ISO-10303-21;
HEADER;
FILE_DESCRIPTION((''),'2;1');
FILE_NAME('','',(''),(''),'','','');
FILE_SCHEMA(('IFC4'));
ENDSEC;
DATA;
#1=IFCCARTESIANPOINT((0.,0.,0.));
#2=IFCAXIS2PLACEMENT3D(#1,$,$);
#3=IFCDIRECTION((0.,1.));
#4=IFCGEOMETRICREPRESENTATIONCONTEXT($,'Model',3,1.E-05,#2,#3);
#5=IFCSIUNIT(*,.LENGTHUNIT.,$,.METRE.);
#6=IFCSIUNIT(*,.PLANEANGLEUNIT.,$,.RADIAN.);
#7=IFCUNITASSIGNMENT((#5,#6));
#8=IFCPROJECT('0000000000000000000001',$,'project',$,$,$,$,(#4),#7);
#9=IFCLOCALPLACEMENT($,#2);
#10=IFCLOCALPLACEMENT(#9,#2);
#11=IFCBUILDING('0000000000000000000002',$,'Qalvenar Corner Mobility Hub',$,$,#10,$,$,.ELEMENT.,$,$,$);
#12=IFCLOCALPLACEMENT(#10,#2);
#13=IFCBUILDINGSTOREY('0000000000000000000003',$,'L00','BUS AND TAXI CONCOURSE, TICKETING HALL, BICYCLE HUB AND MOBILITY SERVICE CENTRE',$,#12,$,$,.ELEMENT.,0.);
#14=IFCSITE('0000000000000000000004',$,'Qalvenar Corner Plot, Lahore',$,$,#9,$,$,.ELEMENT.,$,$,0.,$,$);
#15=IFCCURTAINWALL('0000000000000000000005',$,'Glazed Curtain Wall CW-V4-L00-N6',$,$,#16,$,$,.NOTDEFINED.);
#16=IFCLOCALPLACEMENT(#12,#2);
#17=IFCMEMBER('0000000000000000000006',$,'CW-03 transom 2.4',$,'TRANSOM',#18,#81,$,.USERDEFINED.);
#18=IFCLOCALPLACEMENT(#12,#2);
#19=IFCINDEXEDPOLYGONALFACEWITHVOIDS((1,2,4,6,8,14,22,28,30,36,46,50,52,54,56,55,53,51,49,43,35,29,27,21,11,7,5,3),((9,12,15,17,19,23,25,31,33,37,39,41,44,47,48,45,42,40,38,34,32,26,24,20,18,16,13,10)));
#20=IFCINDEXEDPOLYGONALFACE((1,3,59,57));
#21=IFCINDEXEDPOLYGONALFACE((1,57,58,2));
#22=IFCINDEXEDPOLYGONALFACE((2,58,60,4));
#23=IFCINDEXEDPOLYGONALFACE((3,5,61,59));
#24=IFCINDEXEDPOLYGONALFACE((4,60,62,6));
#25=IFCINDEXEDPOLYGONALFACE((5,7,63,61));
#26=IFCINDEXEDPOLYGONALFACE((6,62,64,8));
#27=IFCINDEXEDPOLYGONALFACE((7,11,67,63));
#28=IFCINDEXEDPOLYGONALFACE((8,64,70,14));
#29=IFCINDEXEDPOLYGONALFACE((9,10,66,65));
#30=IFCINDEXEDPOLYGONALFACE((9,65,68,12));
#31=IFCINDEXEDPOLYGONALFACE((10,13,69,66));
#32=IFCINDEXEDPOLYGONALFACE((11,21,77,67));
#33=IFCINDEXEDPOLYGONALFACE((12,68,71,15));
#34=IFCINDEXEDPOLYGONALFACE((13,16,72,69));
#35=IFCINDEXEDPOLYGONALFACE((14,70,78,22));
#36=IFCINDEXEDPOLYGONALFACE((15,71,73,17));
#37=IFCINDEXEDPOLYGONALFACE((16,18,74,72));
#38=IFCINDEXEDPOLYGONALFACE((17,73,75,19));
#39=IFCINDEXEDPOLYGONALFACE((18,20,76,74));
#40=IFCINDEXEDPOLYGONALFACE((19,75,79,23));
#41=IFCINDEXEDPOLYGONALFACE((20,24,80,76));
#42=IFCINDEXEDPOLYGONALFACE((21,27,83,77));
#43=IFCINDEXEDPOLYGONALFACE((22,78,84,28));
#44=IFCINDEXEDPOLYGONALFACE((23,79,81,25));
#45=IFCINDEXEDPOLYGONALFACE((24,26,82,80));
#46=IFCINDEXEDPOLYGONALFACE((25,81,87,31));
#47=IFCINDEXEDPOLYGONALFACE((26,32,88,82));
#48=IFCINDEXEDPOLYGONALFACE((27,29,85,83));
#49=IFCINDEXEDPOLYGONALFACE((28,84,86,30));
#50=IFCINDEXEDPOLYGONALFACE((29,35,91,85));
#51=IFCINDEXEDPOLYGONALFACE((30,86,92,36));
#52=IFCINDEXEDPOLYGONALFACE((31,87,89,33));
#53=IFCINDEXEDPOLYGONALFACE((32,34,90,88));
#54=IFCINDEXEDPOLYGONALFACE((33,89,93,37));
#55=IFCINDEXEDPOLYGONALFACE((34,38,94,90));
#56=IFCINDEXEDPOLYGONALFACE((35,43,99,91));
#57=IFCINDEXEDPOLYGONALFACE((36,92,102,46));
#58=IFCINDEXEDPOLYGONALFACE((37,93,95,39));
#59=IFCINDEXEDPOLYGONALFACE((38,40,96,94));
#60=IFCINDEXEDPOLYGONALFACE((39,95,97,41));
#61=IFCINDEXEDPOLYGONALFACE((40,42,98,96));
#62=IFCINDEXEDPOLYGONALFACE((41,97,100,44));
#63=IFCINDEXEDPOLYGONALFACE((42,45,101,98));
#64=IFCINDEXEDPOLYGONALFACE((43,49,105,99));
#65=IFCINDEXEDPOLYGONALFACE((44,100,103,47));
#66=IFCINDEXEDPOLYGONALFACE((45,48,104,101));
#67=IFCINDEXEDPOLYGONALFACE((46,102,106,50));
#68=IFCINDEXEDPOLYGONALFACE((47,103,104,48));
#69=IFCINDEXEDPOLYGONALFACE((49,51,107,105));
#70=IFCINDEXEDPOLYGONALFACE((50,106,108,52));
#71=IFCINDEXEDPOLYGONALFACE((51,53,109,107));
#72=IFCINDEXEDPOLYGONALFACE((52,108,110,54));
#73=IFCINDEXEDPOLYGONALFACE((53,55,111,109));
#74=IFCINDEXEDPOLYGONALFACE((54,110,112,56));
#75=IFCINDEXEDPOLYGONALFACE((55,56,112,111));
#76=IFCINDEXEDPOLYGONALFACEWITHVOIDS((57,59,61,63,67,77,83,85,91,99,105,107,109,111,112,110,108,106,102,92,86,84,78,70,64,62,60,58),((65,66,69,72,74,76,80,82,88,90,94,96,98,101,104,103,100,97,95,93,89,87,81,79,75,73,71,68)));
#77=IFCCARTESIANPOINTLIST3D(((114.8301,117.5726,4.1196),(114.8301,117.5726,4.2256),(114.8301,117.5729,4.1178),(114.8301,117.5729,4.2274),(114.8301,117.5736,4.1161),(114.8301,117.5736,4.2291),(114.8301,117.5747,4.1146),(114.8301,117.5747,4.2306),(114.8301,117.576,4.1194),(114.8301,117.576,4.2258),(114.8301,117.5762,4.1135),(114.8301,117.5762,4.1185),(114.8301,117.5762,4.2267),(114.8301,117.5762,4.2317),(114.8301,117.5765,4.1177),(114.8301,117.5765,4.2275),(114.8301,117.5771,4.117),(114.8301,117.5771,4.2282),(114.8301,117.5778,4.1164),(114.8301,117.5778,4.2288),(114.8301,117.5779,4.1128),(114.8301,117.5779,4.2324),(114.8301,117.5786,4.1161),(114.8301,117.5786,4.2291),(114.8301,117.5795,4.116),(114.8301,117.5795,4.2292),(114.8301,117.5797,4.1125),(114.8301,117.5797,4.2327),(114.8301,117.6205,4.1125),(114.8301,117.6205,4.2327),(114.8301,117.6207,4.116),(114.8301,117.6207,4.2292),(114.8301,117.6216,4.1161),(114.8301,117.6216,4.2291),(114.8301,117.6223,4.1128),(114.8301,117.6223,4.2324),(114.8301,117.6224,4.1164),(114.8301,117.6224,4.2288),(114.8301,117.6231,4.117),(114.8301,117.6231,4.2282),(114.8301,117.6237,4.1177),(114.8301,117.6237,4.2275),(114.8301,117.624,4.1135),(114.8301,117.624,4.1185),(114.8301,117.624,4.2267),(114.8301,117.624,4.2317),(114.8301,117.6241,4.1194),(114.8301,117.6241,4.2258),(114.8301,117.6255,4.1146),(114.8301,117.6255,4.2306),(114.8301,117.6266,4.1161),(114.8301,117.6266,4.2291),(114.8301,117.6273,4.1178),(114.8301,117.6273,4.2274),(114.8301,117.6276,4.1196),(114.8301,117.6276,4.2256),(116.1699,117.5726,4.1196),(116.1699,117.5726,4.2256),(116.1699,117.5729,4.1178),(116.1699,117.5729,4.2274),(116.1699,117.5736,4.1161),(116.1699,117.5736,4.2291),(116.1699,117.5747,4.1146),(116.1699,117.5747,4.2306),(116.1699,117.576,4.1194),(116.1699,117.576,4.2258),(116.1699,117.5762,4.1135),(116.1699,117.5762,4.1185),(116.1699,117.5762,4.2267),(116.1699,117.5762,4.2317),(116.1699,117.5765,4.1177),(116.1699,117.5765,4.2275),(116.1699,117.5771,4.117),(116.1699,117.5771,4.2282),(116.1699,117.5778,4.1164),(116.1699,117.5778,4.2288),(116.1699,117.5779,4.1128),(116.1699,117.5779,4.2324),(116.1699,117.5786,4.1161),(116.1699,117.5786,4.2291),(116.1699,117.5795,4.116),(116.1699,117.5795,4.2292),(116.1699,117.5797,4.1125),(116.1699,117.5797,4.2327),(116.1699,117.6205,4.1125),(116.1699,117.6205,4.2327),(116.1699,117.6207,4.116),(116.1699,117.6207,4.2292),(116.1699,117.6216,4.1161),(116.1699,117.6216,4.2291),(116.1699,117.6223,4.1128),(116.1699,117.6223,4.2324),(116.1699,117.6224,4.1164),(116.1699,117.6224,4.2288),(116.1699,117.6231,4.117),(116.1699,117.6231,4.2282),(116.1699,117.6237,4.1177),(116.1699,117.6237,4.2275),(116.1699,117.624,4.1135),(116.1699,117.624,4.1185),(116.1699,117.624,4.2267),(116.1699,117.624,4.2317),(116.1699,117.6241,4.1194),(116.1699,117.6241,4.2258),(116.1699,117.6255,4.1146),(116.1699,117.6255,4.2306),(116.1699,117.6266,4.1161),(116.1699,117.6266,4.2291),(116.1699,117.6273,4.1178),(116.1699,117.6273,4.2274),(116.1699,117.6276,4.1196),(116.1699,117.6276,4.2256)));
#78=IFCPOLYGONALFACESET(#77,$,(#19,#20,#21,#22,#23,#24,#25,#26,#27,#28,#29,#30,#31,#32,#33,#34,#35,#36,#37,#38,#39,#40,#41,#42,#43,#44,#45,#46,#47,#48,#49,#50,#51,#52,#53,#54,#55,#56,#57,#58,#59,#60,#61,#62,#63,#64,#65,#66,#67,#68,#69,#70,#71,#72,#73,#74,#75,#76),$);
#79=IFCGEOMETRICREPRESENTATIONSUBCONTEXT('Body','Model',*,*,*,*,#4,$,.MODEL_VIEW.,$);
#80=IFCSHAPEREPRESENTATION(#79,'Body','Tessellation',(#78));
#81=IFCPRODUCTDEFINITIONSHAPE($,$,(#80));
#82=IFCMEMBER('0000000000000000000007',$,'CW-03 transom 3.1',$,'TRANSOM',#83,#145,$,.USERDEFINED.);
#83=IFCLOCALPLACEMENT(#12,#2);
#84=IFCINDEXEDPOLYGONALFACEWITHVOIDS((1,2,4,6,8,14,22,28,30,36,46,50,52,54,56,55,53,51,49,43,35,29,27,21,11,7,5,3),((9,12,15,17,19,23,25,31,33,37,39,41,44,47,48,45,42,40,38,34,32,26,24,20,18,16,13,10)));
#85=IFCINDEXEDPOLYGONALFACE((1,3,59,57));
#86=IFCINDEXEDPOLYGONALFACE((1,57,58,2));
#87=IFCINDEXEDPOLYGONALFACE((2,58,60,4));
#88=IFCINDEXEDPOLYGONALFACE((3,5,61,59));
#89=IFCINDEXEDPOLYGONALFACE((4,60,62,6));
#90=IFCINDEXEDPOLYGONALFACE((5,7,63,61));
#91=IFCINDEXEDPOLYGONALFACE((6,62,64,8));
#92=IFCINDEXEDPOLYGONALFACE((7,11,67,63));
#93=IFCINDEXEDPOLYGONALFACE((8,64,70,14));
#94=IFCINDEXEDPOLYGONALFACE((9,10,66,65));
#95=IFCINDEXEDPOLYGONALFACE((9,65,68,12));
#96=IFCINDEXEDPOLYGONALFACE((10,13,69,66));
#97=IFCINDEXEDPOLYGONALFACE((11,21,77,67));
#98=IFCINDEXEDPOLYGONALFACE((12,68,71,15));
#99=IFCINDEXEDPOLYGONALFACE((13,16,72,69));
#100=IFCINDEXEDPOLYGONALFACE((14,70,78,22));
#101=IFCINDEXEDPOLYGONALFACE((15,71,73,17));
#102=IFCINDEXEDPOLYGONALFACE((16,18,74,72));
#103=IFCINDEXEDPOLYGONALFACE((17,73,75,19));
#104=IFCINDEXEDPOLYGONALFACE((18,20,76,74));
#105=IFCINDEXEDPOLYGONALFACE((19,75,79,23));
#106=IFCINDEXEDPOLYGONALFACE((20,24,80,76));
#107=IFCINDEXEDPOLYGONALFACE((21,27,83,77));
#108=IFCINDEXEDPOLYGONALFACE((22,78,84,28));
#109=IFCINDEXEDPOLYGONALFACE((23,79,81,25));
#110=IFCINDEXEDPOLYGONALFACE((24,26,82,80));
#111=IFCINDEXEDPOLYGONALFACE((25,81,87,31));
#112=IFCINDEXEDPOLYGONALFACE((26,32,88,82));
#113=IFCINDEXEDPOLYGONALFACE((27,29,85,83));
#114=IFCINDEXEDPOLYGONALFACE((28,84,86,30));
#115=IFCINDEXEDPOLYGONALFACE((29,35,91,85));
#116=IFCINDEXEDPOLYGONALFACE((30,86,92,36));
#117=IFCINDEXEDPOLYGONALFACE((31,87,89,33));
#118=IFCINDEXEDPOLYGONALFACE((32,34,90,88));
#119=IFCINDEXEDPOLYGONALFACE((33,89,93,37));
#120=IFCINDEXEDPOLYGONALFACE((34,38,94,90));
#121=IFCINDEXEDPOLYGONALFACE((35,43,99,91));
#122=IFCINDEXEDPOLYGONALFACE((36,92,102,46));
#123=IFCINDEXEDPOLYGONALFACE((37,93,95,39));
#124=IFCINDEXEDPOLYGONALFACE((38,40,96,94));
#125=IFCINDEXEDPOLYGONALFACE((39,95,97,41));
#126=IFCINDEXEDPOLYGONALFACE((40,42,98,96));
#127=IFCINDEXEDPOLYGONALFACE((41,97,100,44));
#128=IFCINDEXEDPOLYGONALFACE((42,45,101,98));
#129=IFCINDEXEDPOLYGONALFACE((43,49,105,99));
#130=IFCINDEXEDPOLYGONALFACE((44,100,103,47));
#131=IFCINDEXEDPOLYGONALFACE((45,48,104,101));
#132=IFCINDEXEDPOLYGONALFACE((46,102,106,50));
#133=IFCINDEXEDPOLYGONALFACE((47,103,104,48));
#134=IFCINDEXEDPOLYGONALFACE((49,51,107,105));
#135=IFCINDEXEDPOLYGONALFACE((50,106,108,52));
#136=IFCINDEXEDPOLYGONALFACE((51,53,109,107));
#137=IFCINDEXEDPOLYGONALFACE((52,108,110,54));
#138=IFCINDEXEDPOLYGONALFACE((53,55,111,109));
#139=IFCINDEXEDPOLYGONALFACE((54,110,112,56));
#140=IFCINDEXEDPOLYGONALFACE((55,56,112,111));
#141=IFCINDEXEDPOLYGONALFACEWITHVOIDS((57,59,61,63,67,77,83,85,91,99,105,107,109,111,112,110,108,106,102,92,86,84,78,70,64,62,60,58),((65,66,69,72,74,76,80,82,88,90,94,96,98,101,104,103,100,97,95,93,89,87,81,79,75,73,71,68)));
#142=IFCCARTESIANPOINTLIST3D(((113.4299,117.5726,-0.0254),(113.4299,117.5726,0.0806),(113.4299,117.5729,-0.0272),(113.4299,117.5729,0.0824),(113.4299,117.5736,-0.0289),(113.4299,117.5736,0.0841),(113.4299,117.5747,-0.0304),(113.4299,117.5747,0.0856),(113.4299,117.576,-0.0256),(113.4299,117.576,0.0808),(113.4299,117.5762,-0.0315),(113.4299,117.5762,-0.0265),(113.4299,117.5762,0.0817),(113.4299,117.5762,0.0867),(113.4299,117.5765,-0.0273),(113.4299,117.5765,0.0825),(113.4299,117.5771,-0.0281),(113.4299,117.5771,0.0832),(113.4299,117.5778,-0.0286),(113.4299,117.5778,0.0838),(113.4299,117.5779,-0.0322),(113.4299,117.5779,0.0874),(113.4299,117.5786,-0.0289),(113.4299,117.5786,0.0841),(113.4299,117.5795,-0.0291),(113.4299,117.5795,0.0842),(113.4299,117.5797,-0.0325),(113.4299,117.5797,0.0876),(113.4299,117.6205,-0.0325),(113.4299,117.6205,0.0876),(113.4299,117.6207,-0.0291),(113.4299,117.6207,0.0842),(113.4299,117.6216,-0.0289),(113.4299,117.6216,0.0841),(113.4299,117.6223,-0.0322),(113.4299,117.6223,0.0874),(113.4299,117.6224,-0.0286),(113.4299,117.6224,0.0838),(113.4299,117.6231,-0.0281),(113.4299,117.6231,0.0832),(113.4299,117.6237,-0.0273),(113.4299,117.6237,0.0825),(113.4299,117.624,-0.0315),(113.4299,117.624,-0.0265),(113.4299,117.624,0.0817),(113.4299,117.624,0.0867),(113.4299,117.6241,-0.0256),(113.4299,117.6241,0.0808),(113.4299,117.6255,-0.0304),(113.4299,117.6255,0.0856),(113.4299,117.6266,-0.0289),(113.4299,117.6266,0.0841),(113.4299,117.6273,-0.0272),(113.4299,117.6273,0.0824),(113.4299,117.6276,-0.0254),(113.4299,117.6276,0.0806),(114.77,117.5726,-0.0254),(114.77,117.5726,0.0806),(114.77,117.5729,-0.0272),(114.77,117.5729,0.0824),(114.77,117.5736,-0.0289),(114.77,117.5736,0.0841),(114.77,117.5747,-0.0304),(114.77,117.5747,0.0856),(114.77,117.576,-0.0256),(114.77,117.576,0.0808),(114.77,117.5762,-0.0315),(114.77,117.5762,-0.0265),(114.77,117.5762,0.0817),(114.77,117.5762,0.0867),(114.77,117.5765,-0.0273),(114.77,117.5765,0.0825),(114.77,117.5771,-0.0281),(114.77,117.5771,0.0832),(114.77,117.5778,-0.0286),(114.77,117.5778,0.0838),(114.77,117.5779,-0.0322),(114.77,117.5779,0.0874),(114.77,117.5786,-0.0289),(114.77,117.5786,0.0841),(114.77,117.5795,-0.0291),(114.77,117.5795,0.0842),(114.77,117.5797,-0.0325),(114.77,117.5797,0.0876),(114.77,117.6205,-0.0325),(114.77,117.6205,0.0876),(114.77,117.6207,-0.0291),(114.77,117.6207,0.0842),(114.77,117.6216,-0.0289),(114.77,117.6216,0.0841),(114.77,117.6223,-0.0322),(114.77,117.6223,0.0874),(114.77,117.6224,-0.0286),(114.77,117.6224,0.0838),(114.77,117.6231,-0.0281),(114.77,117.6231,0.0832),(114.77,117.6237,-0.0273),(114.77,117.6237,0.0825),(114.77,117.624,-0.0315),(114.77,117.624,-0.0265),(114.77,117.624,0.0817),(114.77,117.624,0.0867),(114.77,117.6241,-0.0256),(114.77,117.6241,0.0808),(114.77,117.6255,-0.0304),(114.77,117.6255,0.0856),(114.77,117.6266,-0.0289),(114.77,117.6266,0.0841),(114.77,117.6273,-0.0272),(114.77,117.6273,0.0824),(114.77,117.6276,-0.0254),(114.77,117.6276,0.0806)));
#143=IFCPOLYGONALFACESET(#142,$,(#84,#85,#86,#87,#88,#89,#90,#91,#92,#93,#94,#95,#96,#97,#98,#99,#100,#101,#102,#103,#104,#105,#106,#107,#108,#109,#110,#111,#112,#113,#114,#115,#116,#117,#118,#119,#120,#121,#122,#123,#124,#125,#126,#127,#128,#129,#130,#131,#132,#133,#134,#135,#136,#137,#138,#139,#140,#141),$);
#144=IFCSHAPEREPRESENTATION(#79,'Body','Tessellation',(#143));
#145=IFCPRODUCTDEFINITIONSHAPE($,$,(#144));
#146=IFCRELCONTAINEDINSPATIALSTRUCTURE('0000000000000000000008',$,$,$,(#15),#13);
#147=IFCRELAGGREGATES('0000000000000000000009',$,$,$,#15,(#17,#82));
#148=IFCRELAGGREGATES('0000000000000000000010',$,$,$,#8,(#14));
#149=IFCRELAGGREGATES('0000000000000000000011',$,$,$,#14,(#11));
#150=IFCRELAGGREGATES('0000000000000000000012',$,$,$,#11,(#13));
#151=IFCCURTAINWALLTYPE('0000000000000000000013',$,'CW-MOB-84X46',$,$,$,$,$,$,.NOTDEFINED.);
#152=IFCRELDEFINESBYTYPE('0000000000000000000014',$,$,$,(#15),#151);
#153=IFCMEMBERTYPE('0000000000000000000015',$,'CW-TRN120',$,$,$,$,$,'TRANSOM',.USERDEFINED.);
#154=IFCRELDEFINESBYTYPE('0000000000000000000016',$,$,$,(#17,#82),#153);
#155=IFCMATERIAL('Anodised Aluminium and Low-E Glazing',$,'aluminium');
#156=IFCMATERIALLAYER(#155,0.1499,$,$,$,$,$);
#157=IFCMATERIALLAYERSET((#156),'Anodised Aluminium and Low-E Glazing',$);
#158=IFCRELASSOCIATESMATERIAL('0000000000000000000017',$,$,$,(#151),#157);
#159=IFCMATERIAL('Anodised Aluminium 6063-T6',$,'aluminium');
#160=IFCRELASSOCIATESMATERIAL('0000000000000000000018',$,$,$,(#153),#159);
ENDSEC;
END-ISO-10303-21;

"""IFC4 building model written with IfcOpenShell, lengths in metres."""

from ifc_helpers import new_model, si_unit, direction, frame, origin, origin_2d, place, context, subcontext, project, spatial, hollow_rectangle, extrude, material, layer, layer_set, material_profile, profile_set, type_object, element, aggregate, save


model = new_model("IFC4")

# Units and contexts
model_context = context("Model", 3, precision=1e-05, world=origin(), true_north=direction((0.0, 1.0)))
body_context = subcontext(model_context, "Body", "Model", "MODEL_VIEW")
ifc_project = project(units=[si_unit("LENGTHUNIT", "METRE"), si_unit("PLANEANGLEUNIT", "RADIAN")], contexts=[model_context])

# Site, building, storey
site_placement = place(None, origin())
site = spatial("IfcSite", under=ifc_project, at=site_placement, Name="Qalvenar Corner Plot, Lahore", CompositionType="ELEMENT", RefElevation=0.0)
building_placement = place(site_placement, origin())
building = spatial("IfcBuilding", under=site, at=building_placement, Name="Qalvenar Corner Mobility Hub", CompositionType="ELEMENT")
storey_placement = place(building_placement, origin())
storey = spatial("IfcBuildingStorey", under=building, at=storey_placement, Name="L00", Description="BUS AND TAXI CONCOURSE, TICKETING HALL, BICYCLE HUB AND MOBILITY SERVICE CENTRE", CompositionType="ELEMENT", Elevation=0.0)

# Curtain wall, members
ifc_material_1 = material(Name="Anodised Aluminium and Low-E Glazing", Category="aluminium")
ifc_layer_1 = layer(ifc_material_1, 0.1499)
ifc_layer_set_1 = layer_set([ifc_layer_1], Name="Anodised Aluminium and Low-E Glazing")
curtain_wall_type = type_object("IfcCurtainWallType", Name="CW-MOB-84X46", PredefinedType="NOTDEFINED", material=ifc_layer_set_1)
curtain_wall_placement = place(storey_placement, origin())
curtain_wall = element("IfcCurtainWall", 1, at=curtain_wall_placement, inside=storey, type_object=curtain_wall_type, Name="Glazed Curtain Wall CW-V4-L00-N6", PredefinedType="NOTDEFINED")
ifc_material_2 = material(Name="Anodised Aluminium 6063-T6", Category="aluminium")
ifc_material_profile_1 = material_profile(ifc_material_2, hollow_rectangle(XDim=0.0549, YDim=0.1201, WallThickness=0.0034, InnerFilletRadius=0.0034, OuterFilletRadius=0.0071, at=origin_2d()), Name="RHS120x55x3.5")
ifc_profile_set_1 = profile_set([ifc_material_profile_1], Name="Anodised Aluminium 6063-T6")
member_type_1 = type_object("IfcMemberType", Name="CW-TRN120", ElementType="TRANSOM", PredefinedType="USERDEFINED", material=ifc_profile_set_1)
member_1_placement = place(storey_placement, frame((116.1699, 117.6001, 4.1726), z_axis=(-1.0, 0.0, 0.0), x_axis=(0.0, -1.0, 0.0)))
member_1 = element("IfcMember", 2, at=member_1_placement, type_object=member_type_1, Name="CW-03 transom 2.4", ObjectType="TRANSOM", PredefinedType="USERDEFINED", context=body_context, shape_type="SweptSolid", body=[
    extrude(hollow_rectangle(XDim=0.0549, YDim=0.1201, WallThickness=0.0034, InnerFilletRadius=0.0034, OuterFilletRadius=0.0071, at=origin_2d()), origin(), (0.0, 0.0, 1.0), 1.3398),
])
member_2_placement = place(storey_placement, frame((114.77, 117.6001, 0.0276), z_axis=(-1.0, 0.0, 0.0), x_axis=(0.0, -1.0, 0.0)))
member_2 = element("IfcMember", 3, at=member_2_placement, type_object=member_type_1, Name="CW-03 transom 3.1", ObjectType="TRANSOM", PredefinedType="USERDEFINED", context=body_context, shape_type="SweptSolid", body=[
    extrude(hollow_rectangle(XDim=0.0549, YDim=0.1201, WallThickness=0.0034, InnerFilletRadius=0.0034, OuterFilletRadius=0.0071, at=origin_2d()), origin(), (0.0, 0.0, 1.0), 1.3401),
])
aggregate(curtain_wall, [member_1, member_2])

save(model, "model.ifc")
